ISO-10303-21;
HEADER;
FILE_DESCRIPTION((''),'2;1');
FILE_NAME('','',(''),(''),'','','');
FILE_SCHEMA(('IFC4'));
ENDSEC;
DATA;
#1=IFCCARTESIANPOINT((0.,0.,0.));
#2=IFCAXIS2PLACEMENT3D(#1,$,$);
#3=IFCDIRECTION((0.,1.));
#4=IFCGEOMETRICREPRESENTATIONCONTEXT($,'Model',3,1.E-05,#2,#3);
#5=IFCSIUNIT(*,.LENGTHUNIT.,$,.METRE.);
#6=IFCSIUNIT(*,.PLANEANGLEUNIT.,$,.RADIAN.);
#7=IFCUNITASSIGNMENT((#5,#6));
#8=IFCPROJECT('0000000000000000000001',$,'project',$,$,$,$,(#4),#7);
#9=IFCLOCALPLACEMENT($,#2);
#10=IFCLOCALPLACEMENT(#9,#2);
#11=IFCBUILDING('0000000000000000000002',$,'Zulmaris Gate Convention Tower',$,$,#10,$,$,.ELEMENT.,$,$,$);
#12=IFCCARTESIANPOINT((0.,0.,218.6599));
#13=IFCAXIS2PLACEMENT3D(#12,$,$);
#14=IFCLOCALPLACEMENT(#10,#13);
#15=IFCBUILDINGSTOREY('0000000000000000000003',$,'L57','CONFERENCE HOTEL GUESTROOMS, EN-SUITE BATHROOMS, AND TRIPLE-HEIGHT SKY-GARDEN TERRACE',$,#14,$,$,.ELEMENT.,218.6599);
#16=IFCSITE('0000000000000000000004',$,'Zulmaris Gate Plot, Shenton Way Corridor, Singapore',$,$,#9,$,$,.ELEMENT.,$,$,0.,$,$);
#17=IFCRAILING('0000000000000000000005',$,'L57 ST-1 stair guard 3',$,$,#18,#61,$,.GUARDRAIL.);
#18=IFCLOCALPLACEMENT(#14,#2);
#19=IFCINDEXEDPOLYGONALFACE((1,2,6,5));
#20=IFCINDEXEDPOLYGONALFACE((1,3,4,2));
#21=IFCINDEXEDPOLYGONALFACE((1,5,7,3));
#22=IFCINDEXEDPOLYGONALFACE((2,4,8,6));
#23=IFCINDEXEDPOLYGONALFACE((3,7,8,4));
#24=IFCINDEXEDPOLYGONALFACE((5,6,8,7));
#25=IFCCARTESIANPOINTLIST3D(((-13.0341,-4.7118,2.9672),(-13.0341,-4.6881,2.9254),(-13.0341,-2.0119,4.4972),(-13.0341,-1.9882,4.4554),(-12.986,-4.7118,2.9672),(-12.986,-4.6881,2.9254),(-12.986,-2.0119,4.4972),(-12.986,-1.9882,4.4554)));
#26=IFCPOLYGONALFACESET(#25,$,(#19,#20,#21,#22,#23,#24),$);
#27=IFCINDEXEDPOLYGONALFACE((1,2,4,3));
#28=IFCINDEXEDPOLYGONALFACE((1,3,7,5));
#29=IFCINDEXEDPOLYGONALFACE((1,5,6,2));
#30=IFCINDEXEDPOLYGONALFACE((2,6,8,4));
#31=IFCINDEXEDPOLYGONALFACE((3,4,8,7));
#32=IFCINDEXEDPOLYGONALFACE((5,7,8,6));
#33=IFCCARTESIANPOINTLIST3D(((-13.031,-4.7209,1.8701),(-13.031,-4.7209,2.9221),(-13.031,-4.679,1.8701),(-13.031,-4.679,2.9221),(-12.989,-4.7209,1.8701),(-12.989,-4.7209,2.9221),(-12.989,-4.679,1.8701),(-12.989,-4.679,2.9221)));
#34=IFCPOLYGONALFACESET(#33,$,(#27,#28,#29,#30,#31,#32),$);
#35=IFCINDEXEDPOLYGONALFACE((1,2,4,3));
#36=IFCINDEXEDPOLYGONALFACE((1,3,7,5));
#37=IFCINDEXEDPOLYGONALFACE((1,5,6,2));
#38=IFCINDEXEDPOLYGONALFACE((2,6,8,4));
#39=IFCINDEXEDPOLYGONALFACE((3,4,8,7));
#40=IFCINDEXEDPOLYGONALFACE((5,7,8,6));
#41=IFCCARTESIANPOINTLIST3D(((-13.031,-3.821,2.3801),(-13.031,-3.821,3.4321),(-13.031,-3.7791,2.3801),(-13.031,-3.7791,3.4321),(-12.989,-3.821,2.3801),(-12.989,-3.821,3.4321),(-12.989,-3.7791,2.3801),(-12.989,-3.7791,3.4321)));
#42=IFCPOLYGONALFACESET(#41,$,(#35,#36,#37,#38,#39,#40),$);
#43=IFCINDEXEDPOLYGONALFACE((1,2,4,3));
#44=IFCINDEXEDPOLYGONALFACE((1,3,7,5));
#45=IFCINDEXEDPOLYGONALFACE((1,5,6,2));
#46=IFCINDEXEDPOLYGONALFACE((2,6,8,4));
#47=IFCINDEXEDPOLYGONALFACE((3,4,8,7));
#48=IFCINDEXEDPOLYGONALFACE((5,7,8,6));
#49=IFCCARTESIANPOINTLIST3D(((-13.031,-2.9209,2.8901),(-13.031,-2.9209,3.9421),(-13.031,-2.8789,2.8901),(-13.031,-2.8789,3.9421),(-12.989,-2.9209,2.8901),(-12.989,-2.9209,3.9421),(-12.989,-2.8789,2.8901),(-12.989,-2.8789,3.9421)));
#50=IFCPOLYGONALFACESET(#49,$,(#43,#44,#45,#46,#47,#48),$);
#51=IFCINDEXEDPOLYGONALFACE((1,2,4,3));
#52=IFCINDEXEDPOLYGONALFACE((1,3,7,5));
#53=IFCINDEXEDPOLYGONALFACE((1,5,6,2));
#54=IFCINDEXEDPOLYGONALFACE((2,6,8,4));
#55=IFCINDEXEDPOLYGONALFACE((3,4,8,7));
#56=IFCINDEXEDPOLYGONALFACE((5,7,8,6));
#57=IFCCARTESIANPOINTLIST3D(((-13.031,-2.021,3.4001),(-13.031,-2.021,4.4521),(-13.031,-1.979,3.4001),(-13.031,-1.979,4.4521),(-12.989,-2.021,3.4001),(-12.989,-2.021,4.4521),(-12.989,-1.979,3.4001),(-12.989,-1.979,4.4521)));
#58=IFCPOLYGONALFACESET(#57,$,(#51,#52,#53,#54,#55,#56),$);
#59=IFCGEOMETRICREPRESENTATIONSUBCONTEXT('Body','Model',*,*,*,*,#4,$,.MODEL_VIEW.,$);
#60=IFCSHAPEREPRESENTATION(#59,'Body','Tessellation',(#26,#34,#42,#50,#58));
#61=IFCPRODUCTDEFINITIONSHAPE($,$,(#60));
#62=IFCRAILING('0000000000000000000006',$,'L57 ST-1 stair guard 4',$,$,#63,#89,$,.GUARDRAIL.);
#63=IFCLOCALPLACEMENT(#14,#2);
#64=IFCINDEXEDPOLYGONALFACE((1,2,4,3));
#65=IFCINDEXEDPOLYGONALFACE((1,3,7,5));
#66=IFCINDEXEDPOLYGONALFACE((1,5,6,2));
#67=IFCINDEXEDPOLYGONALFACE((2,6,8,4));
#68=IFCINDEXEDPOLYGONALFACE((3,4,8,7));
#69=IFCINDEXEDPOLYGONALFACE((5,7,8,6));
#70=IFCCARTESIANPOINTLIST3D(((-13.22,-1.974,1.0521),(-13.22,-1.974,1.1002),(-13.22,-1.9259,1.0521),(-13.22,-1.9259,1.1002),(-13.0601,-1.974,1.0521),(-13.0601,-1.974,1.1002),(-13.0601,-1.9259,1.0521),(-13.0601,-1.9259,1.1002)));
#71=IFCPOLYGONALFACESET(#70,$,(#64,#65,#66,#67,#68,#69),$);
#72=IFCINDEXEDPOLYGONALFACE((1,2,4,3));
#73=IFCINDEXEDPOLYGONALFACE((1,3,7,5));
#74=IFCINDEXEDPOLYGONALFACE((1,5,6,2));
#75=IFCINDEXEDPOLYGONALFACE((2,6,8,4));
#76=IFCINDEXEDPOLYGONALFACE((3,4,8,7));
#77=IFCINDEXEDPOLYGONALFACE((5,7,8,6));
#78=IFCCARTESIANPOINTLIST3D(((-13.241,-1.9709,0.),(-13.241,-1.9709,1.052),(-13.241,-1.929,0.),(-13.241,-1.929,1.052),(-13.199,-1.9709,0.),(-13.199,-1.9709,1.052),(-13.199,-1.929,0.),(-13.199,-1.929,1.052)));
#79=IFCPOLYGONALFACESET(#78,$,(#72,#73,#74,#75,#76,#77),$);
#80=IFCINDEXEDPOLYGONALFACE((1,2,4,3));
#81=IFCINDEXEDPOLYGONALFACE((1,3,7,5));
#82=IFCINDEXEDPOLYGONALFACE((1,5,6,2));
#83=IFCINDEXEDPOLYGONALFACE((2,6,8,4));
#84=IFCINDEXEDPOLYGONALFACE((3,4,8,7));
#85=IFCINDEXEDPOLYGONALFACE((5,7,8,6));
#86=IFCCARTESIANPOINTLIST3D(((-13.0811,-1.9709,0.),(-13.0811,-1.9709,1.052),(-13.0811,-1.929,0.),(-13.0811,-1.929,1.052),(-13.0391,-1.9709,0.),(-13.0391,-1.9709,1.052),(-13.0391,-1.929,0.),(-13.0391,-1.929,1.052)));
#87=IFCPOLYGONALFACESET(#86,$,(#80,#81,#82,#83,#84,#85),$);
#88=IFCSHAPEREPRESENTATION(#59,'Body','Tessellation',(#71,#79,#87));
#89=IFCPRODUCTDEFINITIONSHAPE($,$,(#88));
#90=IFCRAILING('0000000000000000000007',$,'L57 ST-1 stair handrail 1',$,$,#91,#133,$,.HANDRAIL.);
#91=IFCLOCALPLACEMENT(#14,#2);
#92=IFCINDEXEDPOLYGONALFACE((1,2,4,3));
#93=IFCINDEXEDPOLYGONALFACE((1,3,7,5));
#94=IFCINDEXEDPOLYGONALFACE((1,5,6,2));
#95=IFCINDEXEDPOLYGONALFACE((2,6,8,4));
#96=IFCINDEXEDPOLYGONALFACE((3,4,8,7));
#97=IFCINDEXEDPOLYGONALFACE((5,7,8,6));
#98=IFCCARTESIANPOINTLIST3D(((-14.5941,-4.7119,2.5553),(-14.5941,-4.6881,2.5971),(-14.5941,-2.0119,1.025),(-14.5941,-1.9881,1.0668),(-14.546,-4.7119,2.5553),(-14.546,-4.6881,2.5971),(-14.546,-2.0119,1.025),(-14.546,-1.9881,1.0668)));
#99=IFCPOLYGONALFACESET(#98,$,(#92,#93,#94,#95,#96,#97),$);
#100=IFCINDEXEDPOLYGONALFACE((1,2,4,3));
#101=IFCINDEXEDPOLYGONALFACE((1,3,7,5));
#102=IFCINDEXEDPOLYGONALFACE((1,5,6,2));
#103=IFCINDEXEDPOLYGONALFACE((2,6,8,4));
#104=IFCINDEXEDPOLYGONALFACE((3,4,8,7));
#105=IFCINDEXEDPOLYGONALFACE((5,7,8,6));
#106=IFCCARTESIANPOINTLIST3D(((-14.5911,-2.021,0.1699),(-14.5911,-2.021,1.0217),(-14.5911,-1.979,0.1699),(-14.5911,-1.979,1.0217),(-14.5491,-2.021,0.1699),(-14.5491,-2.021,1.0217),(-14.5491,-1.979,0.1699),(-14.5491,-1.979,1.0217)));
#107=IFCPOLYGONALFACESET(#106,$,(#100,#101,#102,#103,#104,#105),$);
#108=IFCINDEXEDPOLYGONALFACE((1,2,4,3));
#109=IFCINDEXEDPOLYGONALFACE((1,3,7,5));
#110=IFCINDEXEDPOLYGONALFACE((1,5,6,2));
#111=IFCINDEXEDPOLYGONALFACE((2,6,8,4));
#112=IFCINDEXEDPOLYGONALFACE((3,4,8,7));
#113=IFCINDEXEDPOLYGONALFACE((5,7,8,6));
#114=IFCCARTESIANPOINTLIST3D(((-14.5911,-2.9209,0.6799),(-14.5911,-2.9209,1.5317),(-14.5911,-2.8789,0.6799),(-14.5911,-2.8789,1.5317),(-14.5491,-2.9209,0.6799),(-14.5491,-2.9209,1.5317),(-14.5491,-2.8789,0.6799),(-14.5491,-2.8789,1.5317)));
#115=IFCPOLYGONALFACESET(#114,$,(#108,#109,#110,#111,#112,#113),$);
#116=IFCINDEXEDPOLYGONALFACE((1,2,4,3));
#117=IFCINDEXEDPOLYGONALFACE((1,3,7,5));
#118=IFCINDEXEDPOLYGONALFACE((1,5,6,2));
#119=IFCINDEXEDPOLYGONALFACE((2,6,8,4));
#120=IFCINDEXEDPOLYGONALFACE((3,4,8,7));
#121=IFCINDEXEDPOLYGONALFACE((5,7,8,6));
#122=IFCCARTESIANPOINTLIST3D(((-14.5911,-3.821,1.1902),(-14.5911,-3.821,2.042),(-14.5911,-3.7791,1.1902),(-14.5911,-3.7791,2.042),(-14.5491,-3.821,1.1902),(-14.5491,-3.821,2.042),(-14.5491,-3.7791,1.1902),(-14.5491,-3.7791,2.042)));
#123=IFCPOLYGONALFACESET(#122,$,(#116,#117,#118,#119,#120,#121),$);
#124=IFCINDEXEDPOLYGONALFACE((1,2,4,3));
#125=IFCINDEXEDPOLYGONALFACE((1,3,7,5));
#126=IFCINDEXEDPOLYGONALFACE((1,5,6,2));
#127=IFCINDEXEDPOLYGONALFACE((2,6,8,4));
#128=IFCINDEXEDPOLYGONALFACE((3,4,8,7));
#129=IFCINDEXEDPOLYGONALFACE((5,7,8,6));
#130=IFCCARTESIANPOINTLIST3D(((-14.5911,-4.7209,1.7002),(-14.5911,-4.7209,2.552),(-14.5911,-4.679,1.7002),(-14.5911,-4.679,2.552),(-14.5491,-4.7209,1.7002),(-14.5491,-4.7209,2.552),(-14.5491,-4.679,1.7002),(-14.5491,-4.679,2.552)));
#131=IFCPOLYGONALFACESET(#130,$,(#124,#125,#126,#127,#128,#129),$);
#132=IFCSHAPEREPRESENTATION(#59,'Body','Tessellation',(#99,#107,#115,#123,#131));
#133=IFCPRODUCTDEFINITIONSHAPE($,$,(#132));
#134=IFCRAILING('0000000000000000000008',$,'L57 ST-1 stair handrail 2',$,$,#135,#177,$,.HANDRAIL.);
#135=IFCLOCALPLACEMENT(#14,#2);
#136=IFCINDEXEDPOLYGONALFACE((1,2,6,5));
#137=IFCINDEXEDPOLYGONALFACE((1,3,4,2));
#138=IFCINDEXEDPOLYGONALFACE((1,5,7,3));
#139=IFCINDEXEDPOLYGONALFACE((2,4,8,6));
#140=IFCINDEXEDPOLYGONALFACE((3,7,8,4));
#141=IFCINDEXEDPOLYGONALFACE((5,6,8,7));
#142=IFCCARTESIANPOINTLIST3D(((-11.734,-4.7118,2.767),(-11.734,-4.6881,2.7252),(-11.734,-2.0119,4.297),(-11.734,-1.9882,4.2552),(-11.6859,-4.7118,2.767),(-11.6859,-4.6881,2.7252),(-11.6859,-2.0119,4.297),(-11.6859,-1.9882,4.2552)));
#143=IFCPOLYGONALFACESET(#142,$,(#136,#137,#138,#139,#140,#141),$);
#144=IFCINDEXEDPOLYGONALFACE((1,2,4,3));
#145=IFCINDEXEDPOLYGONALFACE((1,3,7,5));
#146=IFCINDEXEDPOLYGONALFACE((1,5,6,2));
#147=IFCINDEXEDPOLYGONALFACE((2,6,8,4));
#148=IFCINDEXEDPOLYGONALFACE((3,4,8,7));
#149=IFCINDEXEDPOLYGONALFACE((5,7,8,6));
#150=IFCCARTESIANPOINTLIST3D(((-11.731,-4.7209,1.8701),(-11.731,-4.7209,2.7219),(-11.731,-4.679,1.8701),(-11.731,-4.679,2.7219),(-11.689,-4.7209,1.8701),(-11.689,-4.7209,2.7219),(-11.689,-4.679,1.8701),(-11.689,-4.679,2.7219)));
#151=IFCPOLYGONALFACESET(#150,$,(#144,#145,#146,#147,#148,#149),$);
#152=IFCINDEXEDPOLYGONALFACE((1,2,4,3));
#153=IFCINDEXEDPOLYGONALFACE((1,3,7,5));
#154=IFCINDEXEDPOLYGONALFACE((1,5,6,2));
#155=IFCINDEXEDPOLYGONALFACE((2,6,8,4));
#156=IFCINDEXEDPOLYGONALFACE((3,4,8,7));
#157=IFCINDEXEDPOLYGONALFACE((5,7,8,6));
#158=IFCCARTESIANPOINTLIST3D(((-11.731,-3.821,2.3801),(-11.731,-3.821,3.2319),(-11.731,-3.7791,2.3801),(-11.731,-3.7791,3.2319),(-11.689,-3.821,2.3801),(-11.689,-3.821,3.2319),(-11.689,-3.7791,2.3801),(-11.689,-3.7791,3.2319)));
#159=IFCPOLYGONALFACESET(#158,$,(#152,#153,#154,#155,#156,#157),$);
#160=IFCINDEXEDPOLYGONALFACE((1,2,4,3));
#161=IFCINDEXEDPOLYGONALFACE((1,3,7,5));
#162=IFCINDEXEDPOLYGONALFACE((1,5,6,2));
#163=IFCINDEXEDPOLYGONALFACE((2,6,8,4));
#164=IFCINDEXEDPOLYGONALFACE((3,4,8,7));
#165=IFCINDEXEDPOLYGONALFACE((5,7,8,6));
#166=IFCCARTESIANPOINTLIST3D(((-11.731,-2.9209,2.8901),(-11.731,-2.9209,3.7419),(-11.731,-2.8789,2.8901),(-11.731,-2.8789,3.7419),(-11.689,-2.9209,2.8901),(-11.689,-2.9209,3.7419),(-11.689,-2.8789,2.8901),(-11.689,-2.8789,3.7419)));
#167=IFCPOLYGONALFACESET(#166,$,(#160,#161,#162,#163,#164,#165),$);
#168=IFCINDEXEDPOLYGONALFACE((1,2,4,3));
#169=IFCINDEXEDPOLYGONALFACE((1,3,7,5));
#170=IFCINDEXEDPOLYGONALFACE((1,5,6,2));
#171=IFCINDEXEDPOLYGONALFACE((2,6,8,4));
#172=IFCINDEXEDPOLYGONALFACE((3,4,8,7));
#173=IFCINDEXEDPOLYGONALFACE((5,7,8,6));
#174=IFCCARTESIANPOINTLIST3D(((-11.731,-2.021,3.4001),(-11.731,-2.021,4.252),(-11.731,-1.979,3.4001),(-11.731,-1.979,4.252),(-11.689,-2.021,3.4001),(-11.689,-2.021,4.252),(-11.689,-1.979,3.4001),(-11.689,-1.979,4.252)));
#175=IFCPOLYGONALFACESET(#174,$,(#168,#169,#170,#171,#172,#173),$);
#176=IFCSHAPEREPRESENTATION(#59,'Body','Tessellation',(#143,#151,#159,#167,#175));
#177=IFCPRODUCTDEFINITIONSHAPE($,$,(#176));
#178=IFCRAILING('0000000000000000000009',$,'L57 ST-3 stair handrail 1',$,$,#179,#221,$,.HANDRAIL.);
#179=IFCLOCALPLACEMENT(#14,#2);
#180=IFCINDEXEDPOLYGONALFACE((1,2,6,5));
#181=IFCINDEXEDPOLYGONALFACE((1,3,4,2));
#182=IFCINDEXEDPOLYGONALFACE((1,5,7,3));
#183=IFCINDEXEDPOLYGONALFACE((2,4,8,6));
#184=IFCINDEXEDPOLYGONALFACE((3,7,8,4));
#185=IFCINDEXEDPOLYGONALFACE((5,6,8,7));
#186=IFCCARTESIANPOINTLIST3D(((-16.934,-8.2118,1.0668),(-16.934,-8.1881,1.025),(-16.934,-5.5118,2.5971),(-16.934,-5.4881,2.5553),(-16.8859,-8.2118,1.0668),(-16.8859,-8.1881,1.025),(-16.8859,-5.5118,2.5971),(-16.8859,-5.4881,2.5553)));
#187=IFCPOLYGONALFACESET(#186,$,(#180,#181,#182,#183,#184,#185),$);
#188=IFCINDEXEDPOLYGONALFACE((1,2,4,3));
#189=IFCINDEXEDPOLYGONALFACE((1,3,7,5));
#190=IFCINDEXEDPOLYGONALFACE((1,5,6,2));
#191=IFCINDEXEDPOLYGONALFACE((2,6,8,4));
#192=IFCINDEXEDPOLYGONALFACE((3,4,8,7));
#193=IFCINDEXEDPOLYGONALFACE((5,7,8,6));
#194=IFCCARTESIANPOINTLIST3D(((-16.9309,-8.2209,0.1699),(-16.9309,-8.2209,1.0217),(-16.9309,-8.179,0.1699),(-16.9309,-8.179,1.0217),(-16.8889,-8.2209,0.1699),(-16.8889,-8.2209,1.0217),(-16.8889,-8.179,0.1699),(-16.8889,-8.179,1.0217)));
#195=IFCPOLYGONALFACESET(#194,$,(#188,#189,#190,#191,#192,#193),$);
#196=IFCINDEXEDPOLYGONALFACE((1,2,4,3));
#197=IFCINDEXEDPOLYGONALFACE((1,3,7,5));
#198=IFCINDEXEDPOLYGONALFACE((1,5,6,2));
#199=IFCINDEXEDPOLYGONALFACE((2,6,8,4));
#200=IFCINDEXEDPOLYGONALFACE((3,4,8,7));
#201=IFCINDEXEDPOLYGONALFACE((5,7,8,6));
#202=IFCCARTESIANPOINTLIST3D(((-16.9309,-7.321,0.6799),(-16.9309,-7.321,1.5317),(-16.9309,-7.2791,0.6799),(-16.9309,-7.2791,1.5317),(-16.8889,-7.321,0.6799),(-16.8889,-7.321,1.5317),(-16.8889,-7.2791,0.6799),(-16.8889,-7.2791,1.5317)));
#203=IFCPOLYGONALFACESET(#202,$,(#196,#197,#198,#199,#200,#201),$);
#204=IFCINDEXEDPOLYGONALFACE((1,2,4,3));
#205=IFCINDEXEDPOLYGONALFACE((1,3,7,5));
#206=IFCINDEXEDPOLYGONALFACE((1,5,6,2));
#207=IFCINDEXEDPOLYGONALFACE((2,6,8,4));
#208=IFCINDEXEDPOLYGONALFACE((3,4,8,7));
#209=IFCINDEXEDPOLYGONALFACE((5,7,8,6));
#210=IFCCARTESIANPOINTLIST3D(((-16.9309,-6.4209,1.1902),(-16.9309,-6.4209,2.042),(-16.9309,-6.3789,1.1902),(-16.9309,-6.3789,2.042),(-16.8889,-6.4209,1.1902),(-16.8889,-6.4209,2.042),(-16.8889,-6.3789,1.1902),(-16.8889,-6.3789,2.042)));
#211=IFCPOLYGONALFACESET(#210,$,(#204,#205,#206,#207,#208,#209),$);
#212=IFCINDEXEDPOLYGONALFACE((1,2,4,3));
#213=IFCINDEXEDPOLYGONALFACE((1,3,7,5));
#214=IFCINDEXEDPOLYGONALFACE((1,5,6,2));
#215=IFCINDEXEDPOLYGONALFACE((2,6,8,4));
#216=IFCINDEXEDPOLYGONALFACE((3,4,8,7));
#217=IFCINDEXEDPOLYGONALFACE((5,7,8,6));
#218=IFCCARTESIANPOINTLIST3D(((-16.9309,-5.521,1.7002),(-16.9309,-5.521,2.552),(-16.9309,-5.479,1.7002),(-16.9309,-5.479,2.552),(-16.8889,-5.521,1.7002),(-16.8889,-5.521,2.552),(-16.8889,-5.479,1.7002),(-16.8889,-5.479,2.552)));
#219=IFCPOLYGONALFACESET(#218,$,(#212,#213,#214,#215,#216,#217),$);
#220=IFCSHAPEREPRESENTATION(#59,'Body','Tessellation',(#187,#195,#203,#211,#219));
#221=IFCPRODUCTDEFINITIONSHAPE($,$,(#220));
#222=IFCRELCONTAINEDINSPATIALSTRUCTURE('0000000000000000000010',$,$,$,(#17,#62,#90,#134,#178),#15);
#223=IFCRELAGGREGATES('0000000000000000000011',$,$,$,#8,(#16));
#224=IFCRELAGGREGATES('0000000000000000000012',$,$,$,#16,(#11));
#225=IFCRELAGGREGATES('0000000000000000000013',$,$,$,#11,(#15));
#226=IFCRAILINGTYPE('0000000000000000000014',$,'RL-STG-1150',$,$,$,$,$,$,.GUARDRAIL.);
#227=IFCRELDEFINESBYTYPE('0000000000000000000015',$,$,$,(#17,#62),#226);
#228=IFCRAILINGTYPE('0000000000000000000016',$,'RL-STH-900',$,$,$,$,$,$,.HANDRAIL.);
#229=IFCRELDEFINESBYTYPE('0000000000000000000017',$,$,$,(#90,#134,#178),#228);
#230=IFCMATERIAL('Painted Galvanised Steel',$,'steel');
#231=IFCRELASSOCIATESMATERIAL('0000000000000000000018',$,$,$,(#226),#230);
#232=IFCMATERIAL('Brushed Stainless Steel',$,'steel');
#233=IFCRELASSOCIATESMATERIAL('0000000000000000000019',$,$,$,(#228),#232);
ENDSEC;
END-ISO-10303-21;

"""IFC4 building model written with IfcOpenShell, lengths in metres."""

from ifc_helpers import new_model, si_unit, direction, frame, origin, origin_2d, place, context, subcontext, project, spatial, rectangle, extrude, material, type_object, element, save


model = new_model("IFC4")

# Units and contexts
model_context = context("Model", 3, precision=1e-05, world=origin(), true_north=direction((0.0, 1.0)))
body_context = subcontext(model_context, "Body", "Model", "MODEL_VIEW")
ifc_project = project(units=[si_unit("LENGTHUNIT", "METRE"), si_unit("PLANEANGLEUNIT", "RADIAN")], contexts=[model_context])

# Site, building, storey
site_placement = place(None, origin())
site = spatial("IfcSite", under=ifc_project, at=site_placement, Name="Zulmaris Gate Plot, Shenton Way Corridor, Singapore", CompositionType="ELEMENT", RefElevation=0.0)
building_placement = place(site_placement, origin())
building = spatial("IfcBuilding", under=site, at=building_placement, Name="Zulmaris Gate Convention Tower", CompositionType="ELEMENT")
storey_placement = place(building_placement, frame((0.0, 0.0, 218.6599)))
storey = spatial("IfcBuildingStorey", under=building, at=storey_placement, Name="L57", Description="CONFERENCE HOTEL GUESTROOMS, EN-SUITE BATHROOMS, AND TRIPLE-HEIGHT SKY-GARDEN TERRACE", CompositionType="ELEMENT", Elevation=218.6599)

# Railings
ifc_material_1 = material(Name="Painted Galvanised Steel", Category="steel")
railing_type_1 = type_object("IfcRailingType", Name="RL-STG-1150", PredefinedType="GUARDRAIL", material=ifc_material_1)
railing_1_placement = place(storey_placement, frame((-13.01, -4.7, 1.8701)))
element("IfcRailing", 1, at=railing_1_placement, inside=storey, type_object=railing_type_1, Name="L57 ST-1 stair guard 3", PredefinedType="GUARDRAIL", context=body_context, shape_type="SweptSolid", body=[
    extrude(rectangle(XDim=0.0481, YDim=0.0481, at=origin_2d()), frame((0.0, 0.0, 1.0762), z_axis=(0.0, 0.870014, 0.493026), x_axis=(-1.0, 0.0, 0.0)), (0.0, 0.0, 1.0), 3.1033),
    extrude(rectangle(XDim=0.042, YDim=0.042, at=origin_2d()), origin(), (0.0, 0.0, 1.0), 1.052),
    extrude(rectangle(XDim=0.042, YDim=0.042, at=origin_2d()), frame((0.0, 0.8999, 0.51)), (0.0, 0.0, 1.0), 1.052),
    extrude(rectangle(XDim=0.042, YDim=0.042, at=origin_2d()), frame((0.0, 1.8, 1.02)), (0.0, 0.0, 1.0), 1.052),
    extrude(rectangle(XDim=0.042, YDim=0.042, at=origin_2d()), frame((0.0, 2.7, 1.53)), (0.0, 0.0, 1.0), 1.052),
])
railing_2_placement = place(storey_placement, frame((-13.22, -1.95, 0.0)))
element("IfcRailing", 2, at=railing_2_placement, inside=storey, type_object=railing_type_1, Name="L57 ST-1 stair guard 4", PredefinedType="GUARDRAIL", context=body_context, shape_type="SweptSolid", body=[
    extrude(rectangle(XDim=0.0481, YDim=0.0481, at=origin_2d()), frame((0.0, 0.0, 1.0762), z_axis=(1.0, 0.0, 0.0), x_axis=(0.0, 1.0, 0.0)), (0.0, 0.0, 1.0), 0.1599),
    extrude(rectangle(XDim=0.042, YDim=0.042, at=origin_2d()), origin(), (0.0, 0.0, 1.0), 1.052),
    extrude(rectangle(XDim=0.042, YDim=0.042, at=origin_2d()), frame((0.1599, 0.0, 0.0)), (0.0, 0.0, 1.0), 1.052),
])
ifc_material_2 = material(Name="Brushed Stainless Steel", Category="steel")
railing_type_2 = type_object("IfcRailingType", Name="RL-STH-900", PredefinedType="HANDRAIL", material=ifc_material_2)
railing_3_placement = place(storey_placement, frame((-14.5701, -2.0, 0.1699)))
element("IfcRailing", 3, at=railing_3_placement, inside=storey, type_object=railing_type_2, Name="L57 ST-1 stair handrail 1", PredefinedType="HANDRAIL", context=body_context, shape_type="SweptSolid", body=[
    extrude(rectangle(XDim=0.0481, YDim=0.0481, at=origin_2d()), frame((0.0, 0.0, 0.876), z_axis=(0.0, -0.869981, 0.493086), x_axis=(1.0, 0.0, 0.0)), (0.0, 0.0, 1.0), 3.1035),
    extrude(rectangle(XDim=0.042, YDim=0.042, at=origin_2d()), origin(), (0.0, 0.0, 1.0), 0.8518),
    extrude(rectangle(XDim=0.042, YDim=0.042, at=origin_2d()), frame((0.0, -0.8999, 0.51)), (0.0, 0.0, 1.0), 0.8518),
    extrude(rectangle(XDim=0.042, YDim=0.042, at=origin_2d()), frame((0.0, -1.8, 1.0203)), (0.0, 0.0, 1.0), 0.8518),
    extrude(rectangle(XDim=0.042, YDim=0.042, at=origin_2d()), frame((0.0, -2.7, 1.5303)), (0.0, 0.0, 1.0), 0.8518),
])
railing_4_placement = place(storey_placement, frame((-11.71, -4.7, 1.8701)))
element("IfcRailing", 4, at=railing_4_placement, inside=storey, type_object=railing_type_2, Name="L57 ST-1 stair handrail 2", PredefinedType="HANDRAIL", context=body_context, shape_type="SweptSolid", body=[
    extrude(rectangle(XDim=0.0481, YDim=0.0481, at=origin_2d()), frame((0.0, 0.0, 0.876), z_axis=(0.0, 0.870014, 0.493026), x_axis=(-1.0, 0.0, 0.0)), (0.0, 0.0, 1.0), 3.1033),
    extrude(rectangle(XDim=0.042, YDim=0.042, at=origin_2d()), origin(), (0.0, 0.0, 1.0), 0.8518),
    extrude(rectangle(XDim=0.042, YDim=0.042, at=origin_2d()), frame((0.0, 0.8999, 0.51)), (0.0, 0.0, 1.0), 0.8518),
    extrude(rectangle(XDim=0.042, YDim=0.042, at=origin_2d()), frame((0.0, 1.8, 1.02)), (0.0, 0.0, 1.0), 0.8518),
    extrude(rectangle(XDim=0.042, YDim=0.042, at=origin_2d()), frame((0.0, 2.7, 1.53)), (0.0, 0.0, 1.0), 0.8518),
])
railing_5_placement = place(storey_placement, frame((-16.9099, -8.2, 0.1699)))
element("IfcRailing", 5, at=railing_5_placement, inside=storey, type_object=railing_type_2, Name="L57 ST-3 stair handrail 1", PredefinedType="HANDRAIL", context=body_context, shape_type="SweptSolid", body=[
    extrude(rectangle(XDim=0.0481, YDim=0.0481, at=origin_2d()), frame((0.0, 0.0, 0.876), z_axis=(0.0, 0.869981, 0.493086), x_axis=(-1.0, 0.0, 0.0)), (0.0, 0.0, 1.0), 3.1035),
    extrude(rectangle(XDim=0.042, YDim=0.042, at=origin_2d()), origin(), (0.0, 0.0, 1.0), 0.8518),
    extrude(rectangle(XDim=0.042, YDim=0.042, at=origin_2d()), frame((0.0, 0.8999, 0.51)), (0.0, 0.0, 1.0), 0.8518),
    extrude(rectangle(XDim=0.042, YDim=0.042, at=origin_2d()), frame((0.0, 1.8, 1.0203)), (0.0, 0.0, 1.0), 0.8518),
    extrude(rectangle(XDim=0.042, YDim=0.042, at=origin_2d()), frame((0.0, 2.7, 1.5303)), (0.0, 0.0, 1.0), 0.8518),
])

save(model, "model.ifc")
